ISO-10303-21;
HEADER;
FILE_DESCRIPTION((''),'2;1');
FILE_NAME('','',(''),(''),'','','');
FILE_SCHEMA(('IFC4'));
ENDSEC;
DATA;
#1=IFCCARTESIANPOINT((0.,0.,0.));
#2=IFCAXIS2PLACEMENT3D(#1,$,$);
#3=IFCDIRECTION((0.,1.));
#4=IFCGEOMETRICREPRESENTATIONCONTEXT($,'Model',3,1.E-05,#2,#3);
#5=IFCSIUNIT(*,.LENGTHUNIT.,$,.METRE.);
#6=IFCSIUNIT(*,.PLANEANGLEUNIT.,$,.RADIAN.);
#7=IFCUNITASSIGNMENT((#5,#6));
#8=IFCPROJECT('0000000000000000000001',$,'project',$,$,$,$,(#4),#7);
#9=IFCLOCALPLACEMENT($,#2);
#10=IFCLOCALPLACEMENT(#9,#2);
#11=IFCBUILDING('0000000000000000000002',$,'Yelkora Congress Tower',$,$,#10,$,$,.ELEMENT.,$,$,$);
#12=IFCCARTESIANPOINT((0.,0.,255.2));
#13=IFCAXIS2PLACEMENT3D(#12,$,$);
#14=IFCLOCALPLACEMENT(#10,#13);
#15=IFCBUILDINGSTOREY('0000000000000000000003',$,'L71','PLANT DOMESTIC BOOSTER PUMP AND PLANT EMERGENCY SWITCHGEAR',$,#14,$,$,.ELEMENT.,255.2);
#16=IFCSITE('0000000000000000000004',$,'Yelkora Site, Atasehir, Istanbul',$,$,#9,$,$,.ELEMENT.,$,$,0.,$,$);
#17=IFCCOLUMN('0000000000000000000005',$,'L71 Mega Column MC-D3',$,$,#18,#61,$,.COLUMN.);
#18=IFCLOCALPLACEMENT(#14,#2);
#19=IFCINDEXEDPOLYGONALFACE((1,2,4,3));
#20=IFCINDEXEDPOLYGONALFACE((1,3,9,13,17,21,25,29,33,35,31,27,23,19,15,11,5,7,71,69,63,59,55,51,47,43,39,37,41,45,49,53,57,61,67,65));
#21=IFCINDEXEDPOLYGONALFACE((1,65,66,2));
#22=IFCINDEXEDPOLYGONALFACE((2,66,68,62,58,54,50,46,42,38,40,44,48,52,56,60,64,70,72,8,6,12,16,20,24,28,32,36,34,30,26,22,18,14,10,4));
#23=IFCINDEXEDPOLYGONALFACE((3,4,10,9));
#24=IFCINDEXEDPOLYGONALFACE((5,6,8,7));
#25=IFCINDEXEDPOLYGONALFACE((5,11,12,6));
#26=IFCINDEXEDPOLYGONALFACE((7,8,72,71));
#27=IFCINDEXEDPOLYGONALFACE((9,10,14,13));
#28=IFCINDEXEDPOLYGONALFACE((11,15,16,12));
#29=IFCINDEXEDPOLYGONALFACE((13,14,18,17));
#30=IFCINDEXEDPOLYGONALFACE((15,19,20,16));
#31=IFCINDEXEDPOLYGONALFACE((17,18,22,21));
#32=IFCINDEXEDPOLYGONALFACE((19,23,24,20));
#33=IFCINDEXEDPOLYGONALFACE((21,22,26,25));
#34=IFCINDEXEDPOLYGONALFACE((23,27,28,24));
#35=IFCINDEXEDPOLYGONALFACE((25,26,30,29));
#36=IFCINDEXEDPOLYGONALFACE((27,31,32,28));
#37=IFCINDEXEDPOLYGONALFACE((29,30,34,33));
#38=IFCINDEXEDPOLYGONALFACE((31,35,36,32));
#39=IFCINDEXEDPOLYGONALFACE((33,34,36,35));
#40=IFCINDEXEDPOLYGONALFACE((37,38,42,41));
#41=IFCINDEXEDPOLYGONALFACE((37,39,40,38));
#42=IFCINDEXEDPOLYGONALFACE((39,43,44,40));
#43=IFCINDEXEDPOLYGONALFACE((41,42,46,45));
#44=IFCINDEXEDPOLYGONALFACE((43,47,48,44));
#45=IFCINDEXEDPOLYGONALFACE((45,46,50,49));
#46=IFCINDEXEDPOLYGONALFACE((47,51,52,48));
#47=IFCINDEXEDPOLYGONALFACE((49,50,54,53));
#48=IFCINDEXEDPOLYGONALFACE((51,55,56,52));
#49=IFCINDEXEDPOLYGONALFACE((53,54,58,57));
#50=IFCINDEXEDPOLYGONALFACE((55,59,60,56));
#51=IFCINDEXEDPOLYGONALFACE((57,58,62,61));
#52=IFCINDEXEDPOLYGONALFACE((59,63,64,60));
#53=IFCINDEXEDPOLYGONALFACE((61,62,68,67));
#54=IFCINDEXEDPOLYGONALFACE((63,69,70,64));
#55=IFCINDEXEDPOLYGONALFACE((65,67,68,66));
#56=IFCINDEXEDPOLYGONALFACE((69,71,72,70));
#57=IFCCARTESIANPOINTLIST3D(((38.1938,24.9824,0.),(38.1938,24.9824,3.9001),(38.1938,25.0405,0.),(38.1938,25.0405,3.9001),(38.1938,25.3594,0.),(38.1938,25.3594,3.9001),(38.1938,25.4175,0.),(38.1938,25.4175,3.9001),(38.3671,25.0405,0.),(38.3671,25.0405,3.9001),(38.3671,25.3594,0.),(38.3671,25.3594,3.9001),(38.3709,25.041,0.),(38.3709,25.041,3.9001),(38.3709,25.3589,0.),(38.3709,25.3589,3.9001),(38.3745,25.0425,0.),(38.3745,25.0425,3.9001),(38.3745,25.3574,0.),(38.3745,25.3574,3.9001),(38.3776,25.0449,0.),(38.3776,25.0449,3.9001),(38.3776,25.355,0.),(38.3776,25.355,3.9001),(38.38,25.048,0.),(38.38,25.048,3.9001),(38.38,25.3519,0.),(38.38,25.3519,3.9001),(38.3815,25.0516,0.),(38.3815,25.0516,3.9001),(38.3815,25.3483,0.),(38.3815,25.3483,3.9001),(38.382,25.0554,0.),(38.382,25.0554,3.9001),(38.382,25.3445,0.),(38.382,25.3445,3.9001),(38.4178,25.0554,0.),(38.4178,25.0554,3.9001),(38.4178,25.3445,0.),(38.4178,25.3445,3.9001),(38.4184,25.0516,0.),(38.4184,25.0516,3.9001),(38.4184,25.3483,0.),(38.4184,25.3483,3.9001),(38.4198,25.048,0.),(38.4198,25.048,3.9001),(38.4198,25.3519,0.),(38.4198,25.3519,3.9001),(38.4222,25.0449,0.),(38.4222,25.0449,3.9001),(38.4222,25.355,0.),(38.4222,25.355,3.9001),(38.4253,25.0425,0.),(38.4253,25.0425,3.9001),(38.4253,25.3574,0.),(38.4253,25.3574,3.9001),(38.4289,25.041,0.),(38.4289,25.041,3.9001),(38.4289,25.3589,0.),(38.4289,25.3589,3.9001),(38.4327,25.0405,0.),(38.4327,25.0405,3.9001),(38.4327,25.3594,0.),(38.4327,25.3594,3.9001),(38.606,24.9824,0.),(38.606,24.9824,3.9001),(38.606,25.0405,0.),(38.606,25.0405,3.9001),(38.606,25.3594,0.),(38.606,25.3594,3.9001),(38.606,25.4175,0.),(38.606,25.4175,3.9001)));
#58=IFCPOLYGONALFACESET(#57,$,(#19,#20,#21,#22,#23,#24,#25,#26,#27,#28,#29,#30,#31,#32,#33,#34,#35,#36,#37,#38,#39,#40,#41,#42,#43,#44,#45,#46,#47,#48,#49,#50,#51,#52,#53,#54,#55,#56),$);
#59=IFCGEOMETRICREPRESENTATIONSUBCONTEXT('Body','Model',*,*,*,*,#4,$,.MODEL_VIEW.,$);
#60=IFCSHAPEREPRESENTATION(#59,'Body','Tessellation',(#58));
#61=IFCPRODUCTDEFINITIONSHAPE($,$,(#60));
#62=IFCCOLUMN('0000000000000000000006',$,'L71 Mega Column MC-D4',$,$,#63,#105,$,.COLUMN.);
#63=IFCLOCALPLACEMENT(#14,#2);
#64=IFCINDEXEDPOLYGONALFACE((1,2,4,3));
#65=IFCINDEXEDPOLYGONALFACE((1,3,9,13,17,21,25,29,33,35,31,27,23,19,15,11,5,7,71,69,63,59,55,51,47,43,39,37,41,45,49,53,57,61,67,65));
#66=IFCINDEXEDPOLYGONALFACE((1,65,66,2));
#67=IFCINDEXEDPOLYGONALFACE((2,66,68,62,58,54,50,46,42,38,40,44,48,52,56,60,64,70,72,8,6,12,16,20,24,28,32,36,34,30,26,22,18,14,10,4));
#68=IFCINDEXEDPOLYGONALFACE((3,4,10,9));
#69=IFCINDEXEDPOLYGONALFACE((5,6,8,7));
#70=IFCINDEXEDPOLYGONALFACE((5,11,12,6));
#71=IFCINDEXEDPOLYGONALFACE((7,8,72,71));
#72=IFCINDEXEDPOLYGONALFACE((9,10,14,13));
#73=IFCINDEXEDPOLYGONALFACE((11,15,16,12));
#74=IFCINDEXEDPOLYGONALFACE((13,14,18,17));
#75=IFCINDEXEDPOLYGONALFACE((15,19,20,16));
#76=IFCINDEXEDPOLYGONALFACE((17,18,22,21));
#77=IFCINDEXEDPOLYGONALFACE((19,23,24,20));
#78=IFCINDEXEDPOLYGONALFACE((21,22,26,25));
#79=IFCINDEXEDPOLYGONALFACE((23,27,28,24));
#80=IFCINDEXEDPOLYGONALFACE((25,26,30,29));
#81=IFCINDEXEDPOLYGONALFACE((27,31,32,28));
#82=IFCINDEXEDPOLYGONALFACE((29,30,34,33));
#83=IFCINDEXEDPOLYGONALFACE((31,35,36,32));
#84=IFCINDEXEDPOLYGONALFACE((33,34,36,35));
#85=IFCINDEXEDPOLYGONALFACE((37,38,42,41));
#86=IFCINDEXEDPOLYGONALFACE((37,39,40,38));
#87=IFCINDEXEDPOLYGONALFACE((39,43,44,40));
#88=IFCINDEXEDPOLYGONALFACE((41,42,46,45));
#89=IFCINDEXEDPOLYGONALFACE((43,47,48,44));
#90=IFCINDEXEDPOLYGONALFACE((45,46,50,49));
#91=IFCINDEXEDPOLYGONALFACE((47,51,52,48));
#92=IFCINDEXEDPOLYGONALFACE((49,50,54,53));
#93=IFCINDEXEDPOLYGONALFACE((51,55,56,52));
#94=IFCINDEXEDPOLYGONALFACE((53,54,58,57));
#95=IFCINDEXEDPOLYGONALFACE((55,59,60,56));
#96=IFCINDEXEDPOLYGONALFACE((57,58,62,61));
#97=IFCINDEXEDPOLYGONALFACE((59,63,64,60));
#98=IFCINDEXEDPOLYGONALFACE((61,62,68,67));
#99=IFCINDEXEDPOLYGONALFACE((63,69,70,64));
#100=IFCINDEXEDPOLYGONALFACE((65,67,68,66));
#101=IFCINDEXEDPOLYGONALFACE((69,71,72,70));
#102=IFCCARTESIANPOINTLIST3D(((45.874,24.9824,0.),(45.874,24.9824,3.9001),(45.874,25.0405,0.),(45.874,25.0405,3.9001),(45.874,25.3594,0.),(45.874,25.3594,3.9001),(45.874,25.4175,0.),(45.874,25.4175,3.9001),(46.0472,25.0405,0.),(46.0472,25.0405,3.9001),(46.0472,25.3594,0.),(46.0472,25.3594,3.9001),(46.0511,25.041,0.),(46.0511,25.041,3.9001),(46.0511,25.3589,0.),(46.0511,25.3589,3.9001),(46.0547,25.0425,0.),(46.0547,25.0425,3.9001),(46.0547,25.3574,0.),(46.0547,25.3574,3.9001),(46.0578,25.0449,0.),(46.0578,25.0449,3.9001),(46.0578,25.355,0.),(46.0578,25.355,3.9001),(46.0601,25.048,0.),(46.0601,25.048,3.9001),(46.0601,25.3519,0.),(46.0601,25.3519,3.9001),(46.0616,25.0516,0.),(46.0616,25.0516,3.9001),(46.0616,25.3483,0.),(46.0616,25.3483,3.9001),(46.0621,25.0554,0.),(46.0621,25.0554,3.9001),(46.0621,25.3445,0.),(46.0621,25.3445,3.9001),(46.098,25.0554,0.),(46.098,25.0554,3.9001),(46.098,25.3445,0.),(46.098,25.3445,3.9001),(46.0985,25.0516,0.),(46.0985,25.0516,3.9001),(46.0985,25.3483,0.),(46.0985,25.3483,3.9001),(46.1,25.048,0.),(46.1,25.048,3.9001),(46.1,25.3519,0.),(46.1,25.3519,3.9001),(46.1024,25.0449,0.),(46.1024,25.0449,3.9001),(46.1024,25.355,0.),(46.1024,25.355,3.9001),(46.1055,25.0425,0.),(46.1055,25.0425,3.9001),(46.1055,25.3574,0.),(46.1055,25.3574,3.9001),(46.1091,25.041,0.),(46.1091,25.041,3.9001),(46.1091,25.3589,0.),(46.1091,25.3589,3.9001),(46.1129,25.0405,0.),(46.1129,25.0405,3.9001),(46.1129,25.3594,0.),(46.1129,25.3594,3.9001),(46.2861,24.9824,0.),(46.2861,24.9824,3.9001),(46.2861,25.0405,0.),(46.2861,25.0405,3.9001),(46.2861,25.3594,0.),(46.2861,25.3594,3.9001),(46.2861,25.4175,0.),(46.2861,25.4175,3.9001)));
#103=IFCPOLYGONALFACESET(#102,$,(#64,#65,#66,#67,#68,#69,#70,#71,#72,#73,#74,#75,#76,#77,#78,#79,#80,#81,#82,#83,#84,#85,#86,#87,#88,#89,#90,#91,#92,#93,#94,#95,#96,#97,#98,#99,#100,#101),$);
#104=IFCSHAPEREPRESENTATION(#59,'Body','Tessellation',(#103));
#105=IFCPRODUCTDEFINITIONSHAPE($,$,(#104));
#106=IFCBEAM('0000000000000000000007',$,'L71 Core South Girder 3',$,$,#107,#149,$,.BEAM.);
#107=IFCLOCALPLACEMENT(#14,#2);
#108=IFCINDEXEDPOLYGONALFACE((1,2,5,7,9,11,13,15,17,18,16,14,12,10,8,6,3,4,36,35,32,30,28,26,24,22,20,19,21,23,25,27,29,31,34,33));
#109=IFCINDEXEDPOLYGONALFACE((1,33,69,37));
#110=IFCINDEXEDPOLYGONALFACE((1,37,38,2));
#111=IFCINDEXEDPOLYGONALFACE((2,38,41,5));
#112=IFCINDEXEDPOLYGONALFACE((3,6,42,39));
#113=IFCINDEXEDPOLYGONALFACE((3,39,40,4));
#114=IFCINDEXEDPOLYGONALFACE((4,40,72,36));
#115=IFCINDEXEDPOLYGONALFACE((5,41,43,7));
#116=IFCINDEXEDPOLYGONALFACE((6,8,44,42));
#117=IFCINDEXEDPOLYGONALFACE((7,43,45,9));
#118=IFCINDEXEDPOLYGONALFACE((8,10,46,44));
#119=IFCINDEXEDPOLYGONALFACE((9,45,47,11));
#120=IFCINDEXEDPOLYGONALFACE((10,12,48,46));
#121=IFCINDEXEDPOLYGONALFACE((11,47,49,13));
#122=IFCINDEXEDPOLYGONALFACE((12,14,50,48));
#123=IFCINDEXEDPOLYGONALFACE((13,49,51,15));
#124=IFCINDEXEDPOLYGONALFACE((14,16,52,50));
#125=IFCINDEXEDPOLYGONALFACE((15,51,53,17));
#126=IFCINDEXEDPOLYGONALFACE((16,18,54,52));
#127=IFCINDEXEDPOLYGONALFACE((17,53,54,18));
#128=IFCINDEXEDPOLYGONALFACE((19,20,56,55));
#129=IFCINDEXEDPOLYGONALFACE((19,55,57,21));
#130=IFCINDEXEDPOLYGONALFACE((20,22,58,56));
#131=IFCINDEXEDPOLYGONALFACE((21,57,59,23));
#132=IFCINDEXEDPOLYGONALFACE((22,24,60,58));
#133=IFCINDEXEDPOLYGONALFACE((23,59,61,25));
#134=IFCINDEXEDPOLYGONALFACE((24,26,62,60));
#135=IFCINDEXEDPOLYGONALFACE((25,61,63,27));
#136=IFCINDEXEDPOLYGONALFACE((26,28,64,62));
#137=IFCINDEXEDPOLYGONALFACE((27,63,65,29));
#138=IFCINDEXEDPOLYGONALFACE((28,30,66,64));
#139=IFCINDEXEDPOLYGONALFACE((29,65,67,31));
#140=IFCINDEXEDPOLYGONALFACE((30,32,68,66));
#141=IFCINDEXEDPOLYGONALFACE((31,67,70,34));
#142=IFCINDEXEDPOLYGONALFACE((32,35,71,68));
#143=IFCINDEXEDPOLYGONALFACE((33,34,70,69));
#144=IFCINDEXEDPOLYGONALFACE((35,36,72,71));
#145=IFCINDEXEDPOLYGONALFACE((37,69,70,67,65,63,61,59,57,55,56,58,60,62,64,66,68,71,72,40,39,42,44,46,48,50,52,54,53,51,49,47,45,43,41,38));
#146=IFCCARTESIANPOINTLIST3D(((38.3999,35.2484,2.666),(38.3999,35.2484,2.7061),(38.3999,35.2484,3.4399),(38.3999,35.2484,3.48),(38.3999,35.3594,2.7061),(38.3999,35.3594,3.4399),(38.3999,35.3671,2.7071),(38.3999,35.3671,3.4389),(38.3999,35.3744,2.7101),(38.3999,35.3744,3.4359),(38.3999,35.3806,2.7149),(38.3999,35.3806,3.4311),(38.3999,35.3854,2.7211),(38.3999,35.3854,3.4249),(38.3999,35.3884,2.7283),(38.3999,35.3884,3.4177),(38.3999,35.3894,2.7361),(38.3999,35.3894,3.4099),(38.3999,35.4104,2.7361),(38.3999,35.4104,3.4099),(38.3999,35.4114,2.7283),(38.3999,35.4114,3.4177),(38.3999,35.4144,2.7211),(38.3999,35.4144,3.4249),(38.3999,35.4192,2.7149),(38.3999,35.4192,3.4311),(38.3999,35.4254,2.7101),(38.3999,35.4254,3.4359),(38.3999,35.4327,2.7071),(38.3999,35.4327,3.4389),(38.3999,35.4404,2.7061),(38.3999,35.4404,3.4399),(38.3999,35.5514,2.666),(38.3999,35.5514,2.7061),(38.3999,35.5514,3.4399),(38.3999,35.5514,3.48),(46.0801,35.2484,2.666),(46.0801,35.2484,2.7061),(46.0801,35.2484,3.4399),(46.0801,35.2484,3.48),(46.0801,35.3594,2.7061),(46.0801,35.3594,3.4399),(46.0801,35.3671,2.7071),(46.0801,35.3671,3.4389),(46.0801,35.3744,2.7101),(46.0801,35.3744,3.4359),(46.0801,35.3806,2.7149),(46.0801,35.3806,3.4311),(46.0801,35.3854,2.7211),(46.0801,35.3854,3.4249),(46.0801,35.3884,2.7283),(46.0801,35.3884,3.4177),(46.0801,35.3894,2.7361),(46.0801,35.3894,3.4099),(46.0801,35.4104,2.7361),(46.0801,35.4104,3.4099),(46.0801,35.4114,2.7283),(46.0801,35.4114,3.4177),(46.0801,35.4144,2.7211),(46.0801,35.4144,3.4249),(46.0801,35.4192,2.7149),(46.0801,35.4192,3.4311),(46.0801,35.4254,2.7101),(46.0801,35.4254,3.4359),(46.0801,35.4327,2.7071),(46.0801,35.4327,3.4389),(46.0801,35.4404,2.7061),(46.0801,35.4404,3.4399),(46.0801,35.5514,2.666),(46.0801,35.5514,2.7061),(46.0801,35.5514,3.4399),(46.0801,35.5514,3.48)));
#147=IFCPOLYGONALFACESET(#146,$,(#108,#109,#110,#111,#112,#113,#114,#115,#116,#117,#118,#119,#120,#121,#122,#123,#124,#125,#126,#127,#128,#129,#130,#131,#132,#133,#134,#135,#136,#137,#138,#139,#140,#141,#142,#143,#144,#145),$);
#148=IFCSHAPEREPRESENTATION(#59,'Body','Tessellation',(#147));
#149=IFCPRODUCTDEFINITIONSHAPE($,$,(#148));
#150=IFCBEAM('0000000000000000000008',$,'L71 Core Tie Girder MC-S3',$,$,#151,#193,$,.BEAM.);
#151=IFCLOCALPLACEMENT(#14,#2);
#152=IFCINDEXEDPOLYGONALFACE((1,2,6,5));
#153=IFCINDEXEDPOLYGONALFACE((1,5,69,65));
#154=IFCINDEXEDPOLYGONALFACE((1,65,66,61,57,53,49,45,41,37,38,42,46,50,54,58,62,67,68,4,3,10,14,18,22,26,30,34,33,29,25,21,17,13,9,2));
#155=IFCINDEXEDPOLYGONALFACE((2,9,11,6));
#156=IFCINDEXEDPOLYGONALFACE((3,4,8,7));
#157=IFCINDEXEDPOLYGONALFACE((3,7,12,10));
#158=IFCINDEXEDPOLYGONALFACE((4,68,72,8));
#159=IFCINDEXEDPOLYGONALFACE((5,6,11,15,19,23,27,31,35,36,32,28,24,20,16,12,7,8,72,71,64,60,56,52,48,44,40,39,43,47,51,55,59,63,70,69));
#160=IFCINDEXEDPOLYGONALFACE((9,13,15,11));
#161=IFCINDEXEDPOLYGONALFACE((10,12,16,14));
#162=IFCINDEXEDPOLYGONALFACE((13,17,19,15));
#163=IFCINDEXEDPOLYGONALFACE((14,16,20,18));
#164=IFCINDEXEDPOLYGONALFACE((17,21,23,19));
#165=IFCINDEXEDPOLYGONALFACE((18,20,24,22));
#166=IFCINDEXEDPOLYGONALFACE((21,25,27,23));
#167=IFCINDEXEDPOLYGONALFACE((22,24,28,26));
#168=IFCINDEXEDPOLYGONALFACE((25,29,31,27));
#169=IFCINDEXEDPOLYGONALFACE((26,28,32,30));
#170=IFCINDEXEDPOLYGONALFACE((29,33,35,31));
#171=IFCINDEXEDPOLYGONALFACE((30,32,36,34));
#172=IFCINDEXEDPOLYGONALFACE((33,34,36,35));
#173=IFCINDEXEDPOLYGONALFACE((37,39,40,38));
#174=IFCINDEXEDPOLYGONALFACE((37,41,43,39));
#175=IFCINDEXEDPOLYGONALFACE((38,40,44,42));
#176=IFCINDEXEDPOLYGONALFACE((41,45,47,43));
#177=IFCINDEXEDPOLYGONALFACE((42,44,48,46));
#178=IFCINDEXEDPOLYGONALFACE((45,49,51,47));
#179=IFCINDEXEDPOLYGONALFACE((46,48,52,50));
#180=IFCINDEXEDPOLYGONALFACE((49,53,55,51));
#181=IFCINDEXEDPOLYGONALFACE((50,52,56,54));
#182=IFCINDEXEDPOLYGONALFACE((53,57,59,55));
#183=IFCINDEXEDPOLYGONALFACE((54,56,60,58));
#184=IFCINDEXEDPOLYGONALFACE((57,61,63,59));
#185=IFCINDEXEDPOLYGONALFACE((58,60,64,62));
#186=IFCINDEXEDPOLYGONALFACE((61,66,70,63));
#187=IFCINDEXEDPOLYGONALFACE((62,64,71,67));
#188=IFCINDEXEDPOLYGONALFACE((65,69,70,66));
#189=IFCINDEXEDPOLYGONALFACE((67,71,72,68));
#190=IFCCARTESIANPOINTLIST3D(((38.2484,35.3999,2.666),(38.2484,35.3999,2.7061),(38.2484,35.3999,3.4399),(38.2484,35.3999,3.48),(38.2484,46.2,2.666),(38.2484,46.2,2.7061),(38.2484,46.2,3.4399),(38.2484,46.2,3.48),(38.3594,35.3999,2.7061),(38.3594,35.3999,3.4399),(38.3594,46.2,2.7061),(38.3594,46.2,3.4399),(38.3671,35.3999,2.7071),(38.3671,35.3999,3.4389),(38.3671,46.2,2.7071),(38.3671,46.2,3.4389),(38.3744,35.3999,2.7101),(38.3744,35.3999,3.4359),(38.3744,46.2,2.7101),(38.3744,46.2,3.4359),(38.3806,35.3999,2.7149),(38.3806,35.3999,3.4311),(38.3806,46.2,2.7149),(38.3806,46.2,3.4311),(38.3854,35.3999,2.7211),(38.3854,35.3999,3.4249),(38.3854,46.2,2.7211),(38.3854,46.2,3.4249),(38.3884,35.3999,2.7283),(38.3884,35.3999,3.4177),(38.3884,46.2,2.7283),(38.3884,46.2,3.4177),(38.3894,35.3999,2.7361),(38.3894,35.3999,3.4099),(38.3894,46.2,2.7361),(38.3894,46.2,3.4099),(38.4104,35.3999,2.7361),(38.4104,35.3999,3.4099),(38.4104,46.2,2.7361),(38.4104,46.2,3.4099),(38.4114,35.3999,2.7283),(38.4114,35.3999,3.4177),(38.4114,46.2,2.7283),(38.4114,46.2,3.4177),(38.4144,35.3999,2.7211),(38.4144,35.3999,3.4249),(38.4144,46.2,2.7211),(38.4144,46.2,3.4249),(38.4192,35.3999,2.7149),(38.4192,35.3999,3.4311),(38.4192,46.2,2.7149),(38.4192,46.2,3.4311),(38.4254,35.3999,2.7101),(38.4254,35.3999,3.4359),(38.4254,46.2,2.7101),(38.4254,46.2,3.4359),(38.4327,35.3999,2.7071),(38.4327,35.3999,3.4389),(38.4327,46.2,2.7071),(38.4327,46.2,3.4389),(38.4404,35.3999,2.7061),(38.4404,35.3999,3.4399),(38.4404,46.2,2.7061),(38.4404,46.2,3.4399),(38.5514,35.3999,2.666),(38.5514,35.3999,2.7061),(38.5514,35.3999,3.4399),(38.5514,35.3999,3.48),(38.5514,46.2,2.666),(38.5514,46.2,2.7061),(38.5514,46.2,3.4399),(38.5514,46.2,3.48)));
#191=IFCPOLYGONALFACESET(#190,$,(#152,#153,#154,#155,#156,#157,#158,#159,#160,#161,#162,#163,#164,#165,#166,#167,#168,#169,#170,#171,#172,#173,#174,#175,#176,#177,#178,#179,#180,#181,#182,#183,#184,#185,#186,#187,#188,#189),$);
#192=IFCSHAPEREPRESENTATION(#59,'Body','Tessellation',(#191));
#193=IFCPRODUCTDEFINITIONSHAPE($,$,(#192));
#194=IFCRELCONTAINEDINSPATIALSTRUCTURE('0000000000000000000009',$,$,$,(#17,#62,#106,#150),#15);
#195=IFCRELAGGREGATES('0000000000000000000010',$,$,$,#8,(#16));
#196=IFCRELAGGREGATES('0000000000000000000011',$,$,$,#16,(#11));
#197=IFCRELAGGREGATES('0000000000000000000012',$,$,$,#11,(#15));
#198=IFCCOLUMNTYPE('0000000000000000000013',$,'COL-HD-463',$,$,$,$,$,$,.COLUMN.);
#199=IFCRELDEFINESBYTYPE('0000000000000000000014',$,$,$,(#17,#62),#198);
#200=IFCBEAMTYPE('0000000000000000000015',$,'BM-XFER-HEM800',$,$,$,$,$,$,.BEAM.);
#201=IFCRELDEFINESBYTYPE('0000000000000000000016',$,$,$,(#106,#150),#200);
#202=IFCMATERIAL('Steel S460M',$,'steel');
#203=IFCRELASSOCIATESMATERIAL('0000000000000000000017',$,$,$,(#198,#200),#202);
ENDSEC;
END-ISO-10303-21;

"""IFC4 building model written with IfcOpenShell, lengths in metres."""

from ifc_helpers import new_model, si_unit, direction, frame, origin, origin_2d, place, context, subcontext, project, spatial, i_section, extrude, material, material_profile, profile_set, type_object, element, save


model = new_model("IFC4")

# Units and contexts
model_context = context("Model", 3, precision=1e-05, world=origin(), true_north=direction((0.0, 1.0)))
body_context = subcontext(model_context, "Body", "Model", "MODEL_VIEW")
ifc_project = project(units=[si_unit("LENGTHUNIT", "METRE"), si_unit("PLANEANGLEUNIT", "RADIAN")], contexts=[model_context])

# Site, building, storey
site_placement = place(None, origin())
site = spatial("IfcSite", under=ifc_project, at=site_placement, Name="Yelkora Site, Atasehir, Istanbul", CompositionType="ELEMENT", RefElevation=0.0)
building_placement = place(site_placement, origin())
building = spatial("IfcBuilding", under=site, at=building_placement, Name="Yelkora Congress Tower", CompositionType="ELEMENT")
storey_placement = place(building_placement, frame((0.0, 0.0, 255.2)))
storey = spatial("IfcBuildingStorey", under=building, at=storey_placement, Name="L71", Description="PLANT DOMESTIC BOOSTER PUMP AND PLANT EMERGENCY SWITCHGEAR", CompositionType="ELEMENT", Elevation=255.2)

# Columns
ifc_material_1 = material(Name="Steel S460M", Category="steel")
ifc_material_profile_1 = material_profile(ifc_material_1, i_section(OverallWidth=0.4121, OverallDepth=0.4351, WebThickness=0.0359, FlangeThickness=0.0581, FilletRadius=0.0149, at=origin_2d()), Name="HD 400x463")
ifc_profile_set_1 = profile_set([ifc_material_profile_1], Name="Steel S460M")
column_type = type_object("IfcColumnType", Name="COL-HD-463", PredefinedType="COLUMN", material=ifc_profile_set_1)
for number, where, z_axis, x_axis, name in (
    (1, (38.3999, 25.2, 0.0), (0.0, 0.0, 1.0), (1.0, 0.0, 0.0), "L71 Mega Column MC-D3"),
    (2, (46.0801, 25.2, 0.0), (0.0, 0.0, 1.0), (1.0, 0.0, 0.0), "L71 Mega Column MC-D4"),
):
    element("IfcColumn", number, at=place(storey_placement, frame(where, z_axis=z_axis, x_axis=x_axis)), inside=storey, type_object=column_type, Name=name, PredefinedType="COLUMN", context=body_context, shape_type="SweptSolid", body=[
        extrude(i_section(OverallWidth=0.4121, OverallDepth=0.4351, WebThickness=0.0359, FlangeThickness=0.0581, FilletRadius=0.0149, at=origin_2d()), origin(), (0.0, 0.0, 1.0), 3.9001),
    ])

# Beams
ifc_material_profile_2 = material_profile(ifc_material_1, i_section(OverallWidth=0.303, OverallDepth=0.814, WebThickness=0.021, FlangeThickness=0.04, FilletRadius=0.03, at=origin_2d()), Name="HEM 800")
ifc_profile_set_2 = profile_set([ifc_material_profile_2], Name="Steel S460M")
beam_type_1 = type_object("IfcBeamType", Name="BM-XFER-HEM800", PredefinedType="BEAM", material=ifc_profile_set_2)
beam_1_placement = place(storey_placement, frame((38.3999, 35.3999, 3.073), z_axis=(1.0, 0.0, 0.0), x_axis=(0.0, 1.0, 0.0)))
element("IfcBeam", 3, at=beam_1_placement, inside=storey, type_object=beam_type_1, Name="L71 Core South Girder 3", PredefinedType="BEAM", context=body_context, shape_type="SweptSolid", body=[
    extrude(i_section(OverallWidth=0.303, OverallDepth=0.814, WebThickness=0.021, FlangeThickness=0.04, FilletRadius=0.03, at=origin_2d()), origin(), (0.0, 0.0, 1.0), 7.6802),
])
beam_2_placement = place(storey_placement, frame((38.3999, 35.3999, 3.073), z_axis=(0.0, 1.0, 0.0), x_axis=(-1.0, 0.0, 0.0)))
element("IfcBeam", 4, at=beam_2_placement, inside=storey, type_object=beam_type_1, Name="L71 Core Tie Girder MC-S3", PredefinedType="BEAM", context=body_context, shape_type="SweptSolid", body=[
    extrude(i_section(OverallWidth=0.303, OverallDepth=0.814, WebThickness=0.021, FlangeThickness=0.04, FilletRadius=0.03, at=origin_2d()), origin(), (0.0, 0.0, 1.0), 10.8),
])

save(model, "model.ifc")
